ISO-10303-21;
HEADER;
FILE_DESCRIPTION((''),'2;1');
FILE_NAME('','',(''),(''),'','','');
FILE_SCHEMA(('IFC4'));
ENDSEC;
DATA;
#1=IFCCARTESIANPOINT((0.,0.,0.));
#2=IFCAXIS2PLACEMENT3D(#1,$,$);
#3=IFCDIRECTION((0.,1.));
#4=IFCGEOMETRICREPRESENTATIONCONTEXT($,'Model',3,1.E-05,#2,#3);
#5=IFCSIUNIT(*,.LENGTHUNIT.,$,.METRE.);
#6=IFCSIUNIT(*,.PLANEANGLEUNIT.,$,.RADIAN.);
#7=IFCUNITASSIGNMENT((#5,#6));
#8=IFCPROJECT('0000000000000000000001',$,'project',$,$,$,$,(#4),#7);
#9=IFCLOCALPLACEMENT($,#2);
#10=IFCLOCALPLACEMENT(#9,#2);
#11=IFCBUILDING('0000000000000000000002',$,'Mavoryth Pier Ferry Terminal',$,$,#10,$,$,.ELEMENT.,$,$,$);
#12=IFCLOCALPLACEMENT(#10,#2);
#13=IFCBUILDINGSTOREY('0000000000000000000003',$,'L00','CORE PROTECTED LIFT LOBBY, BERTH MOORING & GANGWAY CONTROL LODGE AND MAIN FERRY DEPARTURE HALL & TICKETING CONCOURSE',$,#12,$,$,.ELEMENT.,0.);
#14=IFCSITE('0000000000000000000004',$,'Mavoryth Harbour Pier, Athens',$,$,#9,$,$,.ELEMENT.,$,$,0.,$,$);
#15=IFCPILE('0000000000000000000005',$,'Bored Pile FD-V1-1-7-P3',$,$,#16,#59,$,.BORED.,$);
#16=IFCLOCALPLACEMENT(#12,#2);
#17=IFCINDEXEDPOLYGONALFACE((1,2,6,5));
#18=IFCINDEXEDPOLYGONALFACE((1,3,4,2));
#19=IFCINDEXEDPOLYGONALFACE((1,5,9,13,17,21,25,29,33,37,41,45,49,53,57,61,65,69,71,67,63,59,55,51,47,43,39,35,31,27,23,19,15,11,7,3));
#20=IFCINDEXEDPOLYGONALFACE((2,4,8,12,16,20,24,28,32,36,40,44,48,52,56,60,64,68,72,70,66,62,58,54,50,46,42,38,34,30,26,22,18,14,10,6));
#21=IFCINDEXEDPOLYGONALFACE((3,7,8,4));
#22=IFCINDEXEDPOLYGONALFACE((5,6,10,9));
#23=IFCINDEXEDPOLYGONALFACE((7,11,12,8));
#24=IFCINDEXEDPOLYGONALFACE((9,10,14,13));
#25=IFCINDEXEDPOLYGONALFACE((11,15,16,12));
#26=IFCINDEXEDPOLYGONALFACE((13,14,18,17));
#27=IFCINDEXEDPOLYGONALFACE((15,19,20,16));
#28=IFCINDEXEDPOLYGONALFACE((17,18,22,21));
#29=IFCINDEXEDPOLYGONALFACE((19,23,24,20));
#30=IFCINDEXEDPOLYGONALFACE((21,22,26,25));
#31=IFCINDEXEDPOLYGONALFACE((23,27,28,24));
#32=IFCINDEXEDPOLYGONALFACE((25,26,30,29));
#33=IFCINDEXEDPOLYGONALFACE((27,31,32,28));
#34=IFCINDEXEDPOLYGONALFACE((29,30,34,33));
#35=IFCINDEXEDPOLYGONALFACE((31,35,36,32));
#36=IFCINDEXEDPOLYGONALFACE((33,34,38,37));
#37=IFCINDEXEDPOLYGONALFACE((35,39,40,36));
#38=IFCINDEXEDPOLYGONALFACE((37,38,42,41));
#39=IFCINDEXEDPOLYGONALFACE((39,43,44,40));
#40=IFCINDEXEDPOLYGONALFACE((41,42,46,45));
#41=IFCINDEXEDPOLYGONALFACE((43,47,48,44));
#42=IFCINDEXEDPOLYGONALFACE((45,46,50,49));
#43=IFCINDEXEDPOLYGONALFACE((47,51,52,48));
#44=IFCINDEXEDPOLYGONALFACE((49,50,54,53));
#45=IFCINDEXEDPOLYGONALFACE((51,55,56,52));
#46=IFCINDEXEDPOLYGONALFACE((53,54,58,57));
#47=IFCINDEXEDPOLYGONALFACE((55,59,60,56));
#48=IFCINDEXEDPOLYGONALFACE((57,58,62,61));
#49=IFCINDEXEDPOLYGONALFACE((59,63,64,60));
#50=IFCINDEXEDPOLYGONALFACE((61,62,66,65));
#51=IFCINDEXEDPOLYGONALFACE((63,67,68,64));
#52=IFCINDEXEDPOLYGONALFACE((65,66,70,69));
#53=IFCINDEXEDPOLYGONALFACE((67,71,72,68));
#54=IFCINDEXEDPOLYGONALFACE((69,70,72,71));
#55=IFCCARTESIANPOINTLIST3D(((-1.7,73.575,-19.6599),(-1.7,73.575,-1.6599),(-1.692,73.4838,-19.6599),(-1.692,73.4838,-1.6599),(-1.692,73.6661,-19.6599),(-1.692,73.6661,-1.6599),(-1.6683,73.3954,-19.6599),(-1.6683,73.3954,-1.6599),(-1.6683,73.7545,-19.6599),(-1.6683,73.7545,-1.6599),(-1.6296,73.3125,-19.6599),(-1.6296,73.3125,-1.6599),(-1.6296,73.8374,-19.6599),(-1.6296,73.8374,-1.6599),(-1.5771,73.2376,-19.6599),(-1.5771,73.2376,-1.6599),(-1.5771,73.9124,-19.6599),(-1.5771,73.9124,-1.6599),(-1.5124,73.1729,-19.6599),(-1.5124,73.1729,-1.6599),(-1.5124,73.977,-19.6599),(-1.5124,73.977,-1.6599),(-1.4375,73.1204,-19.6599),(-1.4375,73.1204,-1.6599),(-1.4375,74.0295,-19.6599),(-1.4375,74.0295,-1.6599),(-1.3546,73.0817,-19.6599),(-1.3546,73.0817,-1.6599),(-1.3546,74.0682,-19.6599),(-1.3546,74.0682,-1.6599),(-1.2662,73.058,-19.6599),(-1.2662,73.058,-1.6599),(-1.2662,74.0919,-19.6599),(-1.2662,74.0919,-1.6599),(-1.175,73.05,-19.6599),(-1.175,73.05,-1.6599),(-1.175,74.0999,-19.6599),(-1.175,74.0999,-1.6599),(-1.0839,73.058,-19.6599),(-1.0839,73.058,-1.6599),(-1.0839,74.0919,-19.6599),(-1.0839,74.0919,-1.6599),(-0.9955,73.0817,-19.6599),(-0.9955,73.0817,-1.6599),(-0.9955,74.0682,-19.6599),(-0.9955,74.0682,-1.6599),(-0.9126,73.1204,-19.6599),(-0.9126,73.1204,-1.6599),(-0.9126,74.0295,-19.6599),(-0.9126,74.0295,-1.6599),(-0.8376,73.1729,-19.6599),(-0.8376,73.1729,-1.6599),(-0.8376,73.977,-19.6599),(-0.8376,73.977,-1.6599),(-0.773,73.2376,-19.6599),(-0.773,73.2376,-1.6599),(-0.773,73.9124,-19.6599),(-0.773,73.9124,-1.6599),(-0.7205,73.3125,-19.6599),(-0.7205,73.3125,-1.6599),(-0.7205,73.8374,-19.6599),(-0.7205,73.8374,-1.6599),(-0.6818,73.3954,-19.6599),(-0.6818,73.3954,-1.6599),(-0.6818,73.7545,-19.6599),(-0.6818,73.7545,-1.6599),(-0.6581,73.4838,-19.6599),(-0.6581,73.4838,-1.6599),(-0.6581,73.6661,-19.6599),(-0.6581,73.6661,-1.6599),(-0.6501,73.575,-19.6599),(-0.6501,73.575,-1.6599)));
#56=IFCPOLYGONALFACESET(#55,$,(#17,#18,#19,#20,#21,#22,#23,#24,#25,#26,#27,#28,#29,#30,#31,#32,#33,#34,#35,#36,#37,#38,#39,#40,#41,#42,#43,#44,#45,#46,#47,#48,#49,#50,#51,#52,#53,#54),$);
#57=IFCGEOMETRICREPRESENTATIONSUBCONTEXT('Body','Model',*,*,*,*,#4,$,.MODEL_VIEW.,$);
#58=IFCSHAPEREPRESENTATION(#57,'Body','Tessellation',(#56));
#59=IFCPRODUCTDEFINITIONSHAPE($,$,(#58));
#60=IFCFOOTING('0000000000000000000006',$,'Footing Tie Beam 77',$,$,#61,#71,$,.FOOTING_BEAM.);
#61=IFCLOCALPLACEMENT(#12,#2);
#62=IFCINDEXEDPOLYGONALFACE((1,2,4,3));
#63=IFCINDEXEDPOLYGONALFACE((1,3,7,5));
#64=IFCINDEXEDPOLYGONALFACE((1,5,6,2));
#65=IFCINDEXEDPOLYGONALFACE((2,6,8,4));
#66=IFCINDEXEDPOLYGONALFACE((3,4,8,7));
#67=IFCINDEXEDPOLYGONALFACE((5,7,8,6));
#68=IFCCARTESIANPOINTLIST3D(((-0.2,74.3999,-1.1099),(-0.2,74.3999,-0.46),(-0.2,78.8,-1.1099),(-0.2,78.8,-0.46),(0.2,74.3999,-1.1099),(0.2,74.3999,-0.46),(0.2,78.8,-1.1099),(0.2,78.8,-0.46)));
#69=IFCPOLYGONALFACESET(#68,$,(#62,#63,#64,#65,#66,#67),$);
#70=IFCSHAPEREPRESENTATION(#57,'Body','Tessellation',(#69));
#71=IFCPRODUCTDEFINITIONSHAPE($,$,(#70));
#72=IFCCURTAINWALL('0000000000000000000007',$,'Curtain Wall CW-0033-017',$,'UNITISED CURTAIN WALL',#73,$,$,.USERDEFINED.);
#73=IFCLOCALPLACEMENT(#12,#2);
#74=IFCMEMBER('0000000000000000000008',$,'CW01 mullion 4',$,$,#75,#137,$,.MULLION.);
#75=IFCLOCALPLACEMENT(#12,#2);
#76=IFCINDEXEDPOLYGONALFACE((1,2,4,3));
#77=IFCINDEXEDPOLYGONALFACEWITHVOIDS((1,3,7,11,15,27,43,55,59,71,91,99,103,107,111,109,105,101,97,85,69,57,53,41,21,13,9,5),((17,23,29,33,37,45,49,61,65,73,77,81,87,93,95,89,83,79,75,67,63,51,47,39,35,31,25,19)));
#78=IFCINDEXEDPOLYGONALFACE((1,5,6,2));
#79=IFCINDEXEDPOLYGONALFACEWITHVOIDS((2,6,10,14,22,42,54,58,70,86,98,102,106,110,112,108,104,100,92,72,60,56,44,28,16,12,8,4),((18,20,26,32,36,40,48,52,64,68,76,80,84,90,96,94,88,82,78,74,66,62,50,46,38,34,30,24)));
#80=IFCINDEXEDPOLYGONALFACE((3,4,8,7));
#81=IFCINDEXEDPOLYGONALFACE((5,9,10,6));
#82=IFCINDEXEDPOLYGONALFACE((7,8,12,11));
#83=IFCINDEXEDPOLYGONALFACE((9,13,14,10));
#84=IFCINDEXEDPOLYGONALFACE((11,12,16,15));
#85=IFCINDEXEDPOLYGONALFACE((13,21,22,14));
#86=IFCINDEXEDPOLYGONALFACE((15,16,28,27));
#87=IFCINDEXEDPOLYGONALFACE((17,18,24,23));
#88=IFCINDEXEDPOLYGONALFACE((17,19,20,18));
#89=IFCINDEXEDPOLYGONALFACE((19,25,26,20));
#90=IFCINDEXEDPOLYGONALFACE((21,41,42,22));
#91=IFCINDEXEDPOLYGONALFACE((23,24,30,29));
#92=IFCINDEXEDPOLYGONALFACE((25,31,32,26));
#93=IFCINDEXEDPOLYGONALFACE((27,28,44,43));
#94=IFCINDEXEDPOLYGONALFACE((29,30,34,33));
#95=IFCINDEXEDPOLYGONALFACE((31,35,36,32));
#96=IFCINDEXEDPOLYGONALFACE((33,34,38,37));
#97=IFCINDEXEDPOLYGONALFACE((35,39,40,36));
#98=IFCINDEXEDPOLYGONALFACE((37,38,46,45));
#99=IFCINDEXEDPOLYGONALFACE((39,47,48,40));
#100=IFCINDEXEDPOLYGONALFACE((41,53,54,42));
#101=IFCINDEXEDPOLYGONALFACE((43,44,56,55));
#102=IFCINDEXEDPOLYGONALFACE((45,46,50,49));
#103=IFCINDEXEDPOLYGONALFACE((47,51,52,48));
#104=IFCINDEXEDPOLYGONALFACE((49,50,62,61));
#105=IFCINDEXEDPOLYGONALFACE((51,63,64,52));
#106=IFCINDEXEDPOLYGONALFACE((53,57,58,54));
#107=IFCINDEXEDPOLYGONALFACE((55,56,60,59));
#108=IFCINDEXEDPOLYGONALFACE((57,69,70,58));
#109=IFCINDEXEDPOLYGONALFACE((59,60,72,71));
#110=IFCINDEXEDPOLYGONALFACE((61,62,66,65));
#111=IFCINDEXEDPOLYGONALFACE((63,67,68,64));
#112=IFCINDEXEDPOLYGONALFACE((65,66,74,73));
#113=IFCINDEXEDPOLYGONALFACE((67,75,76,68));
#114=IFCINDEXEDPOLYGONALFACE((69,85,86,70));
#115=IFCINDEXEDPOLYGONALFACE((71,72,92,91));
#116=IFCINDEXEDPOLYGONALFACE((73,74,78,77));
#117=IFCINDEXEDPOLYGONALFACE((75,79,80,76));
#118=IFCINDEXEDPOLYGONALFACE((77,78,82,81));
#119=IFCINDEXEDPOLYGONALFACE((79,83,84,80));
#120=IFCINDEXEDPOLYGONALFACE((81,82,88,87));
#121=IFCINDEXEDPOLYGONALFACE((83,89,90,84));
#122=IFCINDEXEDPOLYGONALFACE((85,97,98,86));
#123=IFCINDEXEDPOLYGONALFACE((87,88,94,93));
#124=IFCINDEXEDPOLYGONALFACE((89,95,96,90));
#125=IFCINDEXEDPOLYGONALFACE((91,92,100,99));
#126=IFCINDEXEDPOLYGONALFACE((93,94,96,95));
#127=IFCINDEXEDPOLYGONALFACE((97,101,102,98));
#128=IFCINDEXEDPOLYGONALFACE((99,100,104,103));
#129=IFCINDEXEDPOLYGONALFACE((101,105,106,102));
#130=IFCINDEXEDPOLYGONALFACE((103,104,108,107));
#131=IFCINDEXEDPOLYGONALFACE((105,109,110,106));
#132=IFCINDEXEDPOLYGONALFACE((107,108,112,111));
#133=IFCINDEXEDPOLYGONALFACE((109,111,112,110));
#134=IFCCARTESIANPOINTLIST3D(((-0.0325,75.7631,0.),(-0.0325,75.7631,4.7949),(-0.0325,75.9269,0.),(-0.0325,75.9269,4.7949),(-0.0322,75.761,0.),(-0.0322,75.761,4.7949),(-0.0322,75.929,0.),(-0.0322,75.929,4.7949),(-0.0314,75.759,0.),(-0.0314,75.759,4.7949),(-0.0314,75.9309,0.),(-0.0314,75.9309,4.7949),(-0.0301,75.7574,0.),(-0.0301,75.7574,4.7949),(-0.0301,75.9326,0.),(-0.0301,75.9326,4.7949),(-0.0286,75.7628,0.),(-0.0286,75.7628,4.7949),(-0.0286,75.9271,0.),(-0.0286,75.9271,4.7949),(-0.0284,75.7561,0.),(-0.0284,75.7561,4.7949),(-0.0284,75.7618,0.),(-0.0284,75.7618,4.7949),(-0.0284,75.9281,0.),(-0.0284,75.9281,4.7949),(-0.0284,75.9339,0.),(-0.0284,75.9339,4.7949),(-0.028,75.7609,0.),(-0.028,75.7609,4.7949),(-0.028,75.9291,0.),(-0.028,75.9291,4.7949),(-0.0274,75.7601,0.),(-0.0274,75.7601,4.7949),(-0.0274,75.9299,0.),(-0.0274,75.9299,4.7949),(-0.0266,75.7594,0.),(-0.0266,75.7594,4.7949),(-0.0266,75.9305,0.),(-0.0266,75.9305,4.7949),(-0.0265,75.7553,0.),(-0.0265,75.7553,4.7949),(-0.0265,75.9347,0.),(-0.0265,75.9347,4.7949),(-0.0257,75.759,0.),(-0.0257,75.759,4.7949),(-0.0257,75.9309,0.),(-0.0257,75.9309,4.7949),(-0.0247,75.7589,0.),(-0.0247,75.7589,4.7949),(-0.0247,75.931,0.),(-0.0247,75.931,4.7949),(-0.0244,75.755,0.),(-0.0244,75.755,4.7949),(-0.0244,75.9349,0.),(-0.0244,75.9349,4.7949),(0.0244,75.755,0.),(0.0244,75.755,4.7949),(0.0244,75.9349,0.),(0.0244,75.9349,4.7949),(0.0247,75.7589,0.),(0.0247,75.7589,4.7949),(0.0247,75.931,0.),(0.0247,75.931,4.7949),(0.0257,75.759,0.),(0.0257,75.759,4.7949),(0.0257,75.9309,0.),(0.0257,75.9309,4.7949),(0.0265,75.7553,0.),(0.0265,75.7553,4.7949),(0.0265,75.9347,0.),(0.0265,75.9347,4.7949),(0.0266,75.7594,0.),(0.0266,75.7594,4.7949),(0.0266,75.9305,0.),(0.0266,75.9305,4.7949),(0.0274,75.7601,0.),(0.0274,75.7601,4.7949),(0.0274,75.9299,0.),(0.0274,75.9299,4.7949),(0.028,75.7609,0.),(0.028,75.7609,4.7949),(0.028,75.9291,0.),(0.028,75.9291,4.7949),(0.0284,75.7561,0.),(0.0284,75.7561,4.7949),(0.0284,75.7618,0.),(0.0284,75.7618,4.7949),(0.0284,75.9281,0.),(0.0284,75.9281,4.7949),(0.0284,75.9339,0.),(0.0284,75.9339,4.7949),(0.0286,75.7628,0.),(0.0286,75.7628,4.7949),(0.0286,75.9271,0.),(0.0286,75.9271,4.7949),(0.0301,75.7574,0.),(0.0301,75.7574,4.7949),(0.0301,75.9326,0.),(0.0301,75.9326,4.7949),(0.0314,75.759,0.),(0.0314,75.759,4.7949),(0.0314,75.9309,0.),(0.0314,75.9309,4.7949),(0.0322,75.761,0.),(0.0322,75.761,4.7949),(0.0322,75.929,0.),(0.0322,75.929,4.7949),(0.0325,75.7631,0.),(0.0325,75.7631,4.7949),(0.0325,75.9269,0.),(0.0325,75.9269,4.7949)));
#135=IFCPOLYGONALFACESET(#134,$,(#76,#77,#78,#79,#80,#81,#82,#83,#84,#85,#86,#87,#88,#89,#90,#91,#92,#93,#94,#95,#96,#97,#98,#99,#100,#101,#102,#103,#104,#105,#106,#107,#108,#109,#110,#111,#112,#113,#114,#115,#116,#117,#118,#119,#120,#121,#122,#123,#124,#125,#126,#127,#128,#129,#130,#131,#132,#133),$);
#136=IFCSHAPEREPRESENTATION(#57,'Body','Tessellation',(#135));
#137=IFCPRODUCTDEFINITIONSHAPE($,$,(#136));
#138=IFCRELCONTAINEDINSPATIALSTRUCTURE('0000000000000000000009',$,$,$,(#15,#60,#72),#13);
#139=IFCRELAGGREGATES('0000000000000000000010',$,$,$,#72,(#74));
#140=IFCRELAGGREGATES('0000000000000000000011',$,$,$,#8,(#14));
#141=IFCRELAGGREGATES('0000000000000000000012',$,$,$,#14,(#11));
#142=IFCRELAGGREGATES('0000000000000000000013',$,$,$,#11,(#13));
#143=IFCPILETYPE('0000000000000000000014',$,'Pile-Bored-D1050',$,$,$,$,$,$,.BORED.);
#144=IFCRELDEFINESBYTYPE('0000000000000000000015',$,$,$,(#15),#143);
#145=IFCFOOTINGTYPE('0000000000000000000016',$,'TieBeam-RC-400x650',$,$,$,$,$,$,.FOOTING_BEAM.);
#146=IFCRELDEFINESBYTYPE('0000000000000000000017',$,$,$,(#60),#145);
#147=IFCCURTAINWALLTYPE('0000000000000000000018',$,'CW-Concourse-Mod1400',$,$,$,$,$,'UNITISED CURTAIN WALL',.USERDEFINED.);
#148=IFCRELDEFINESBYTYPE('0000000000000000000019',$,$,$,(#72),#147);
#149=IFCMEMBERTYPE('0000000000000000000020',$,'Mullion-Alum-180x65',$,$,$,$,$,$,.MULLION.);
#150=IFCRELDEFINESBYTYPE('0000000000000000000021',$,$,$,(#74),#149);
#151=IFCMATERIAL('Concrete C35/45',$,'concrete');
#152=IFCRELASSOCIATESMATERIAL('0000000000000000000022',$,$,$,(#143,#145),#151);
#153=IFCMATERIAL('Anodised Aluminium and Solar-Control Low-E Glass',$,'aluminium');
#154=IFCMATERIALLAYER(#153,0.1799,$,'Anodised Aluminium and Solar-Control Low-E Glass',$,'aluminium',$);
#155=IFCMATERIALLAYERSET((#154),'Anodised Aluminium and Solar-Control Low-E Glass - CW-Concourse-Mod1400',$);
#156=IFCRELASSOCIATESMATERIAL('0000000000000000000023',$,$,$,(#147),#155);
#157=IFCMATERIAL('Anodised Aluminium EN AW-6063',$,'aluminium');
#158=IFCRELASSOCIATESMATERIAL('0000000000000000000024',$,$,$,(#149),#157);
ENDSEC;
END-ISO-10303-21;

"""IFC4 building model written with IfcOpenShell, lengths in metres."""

from ifc_helpers import new_model, si_unit, direction, frame, origin, origin_2d, place, context, subcontext, project, spatial, rectangle, hollow_rectangle, circle, extrude, material, layer, layer_set, material_profile, profile_set, type_object, element, aggregate, save


model = new_model("IFC4")

# Units and contexts
model_context = context("Model", 3, precision=1e-05, world=origin(), true_north=direction((0.0, 1.0)))
body_context = subcontext(model_context, "Body", "Model", "MODEL_VIEW")
ifc_project = project(units=[si_unit("LENGTHUNIT", "METRE"), si_unit("PLANEANGLEUNIT", "RADIAN")], contexts=[model_context])

# Site, building, storey
site_placement = place(None, origin())
site = spatial("IfcSite", under=ifc_project, at=site_placement, Name="Mavoryth Harbour Pier, Athens", CompositionType="ELEMENT", RefElevation=0.0)
building_placement = place(site_placement, origin())
building = spatial("IfcBuilding", under=site, at=building_placement, Name="Mavoryth Pier Ferry Terminal", CompositionType="ELEMENT")
storey_placement = place(building_placement, origin())
storey = spatial("IfcBuildingStorey", under=building, at=storey_placement, Name="L00", Description="CORE PROTECTED LIFT LOBBY, BERTH MOORING & GANGWAY CONTROL LODGE AND MAIN FERRY DEPARTURE HALL & TICKETING CONCOURSE", CompositionType="ELEMENT", Elevation=0.0)

# Pile
ifc_material_1 = material(Name="Concrete C35/45", Category="concrete")
ifc_material_profile_1 = material_profile(ifc_material_1, circle(Radius=0.5249, at=origin_2d()), Name="PILE D1050", Category="concrete")
ifc_profile_set_1 = profile_set([ifc_material_profile_1], Name="Concrete C35/45 - PILE D1050")
pile_type = type_object("IfcPileType", Name="Pile-Bored-D1050", PredefinedType="BORED", material=ifc_profile_set_1)
pile_placement = place(storey_placement, frame((-1.175, 73.575, -1.6599), z_axis=(0.0, 0.0, -1.0), x_axis=(1.0, 0.0, 0.0)))
element("IfcPile", 1, at=pile_placement, inside=storey, type_object=pile_type, Name="Bored Pile FD-V1-1-7-P3", PredefinedType="BORED", context=body_context, shape_type="SweptSolid", body=[
    extrude(circle(Radius=0.5249, at=origin_2d()), origin(), (0.0, 0.0, 1.0), 18.0),
])

# Footing
ifc_material_profile_2 = material_profile(ifc_material_1, rectangle(XDim=0.3999, YDim=0.6499, at=origin_2d()), Name="RC 400x650", Category="concrete")
ifc_profile_set_2 = profile_set([ifc_material_profile_2], Name="Concrete C35/45 - RC 400x650")
footing_type = type_object("IfcFootingType", Name="TieBeam-RC-400x650", PredefinedType="FOOTING_BEAM", material=ifc_profile_set_2)
footing_placement = place(storey_placement, frame((0.0, 74.3999, -0.7849), z_axis=(0.0, 1.0, 0.0), x_axis=(-1.0, 0.0, 0.0)))
element("IfcFooting", 2, at=footing_placement, inside=storey, type_object=footing_type, Name="Footing Tie Beam 77", PredefinedType="FOOTING_BEAM", context=body_context, shape_type="SweptSolid", body=[
    extrude(rectangle(XDim=0.3999, YDim=0.6499, at=origin_2d()), origin(), (0.0, 0.0, 1.0), 4.4001),
])

# Curtain wall, member
ifc_material_2 = material(Name="Anodised Aluminium and Solar-Control Low-E Glass", Category="aluminium")
ifc_layer_1 = layer(ifc_material_2, 0.1799, Name="Anodised Aluminium and Solar-Control Low-E Glass", Category="aluminium")
ifc_layer_set_1 = layer_set([ifc_layer_1], Name="Anodised Aluminium and Solar-Control Low-E Glass - CW-Concourse-Mod1400")
curtain_wall_type = type_object("IfcCurtainWallType", Name="CW-Concourse-Mod1400", ElementType="UNITISED CURTAIN WALL", PredefinedType="USERDEFINED", material=ifc_layer_set_1)
curtain_wall_placement = place(storey_placement, origin())
curtain_wall = element("IfcCurtainWall", 3, at=curtain_wall_placement, inside=storey, type_object=curtain_wall_type, Name="Curtain Wall CW-0033-017", ObjectType="UNITISED CURTAIN WALL", PredefinedType="USERDEFINED")
ifc_material_3 = material(Name="Anodised Aluminium EN AW-6063", Category="aluminium")
ifc_material_profile_3 = material_profile(ifc_material_3, hollow_rectangle(XDim=0.0649, YDim=0.1799, WallThickness=0.0039, InnerFilletRadius=0.0039, OuterFilletRadius=0.0081, at=origin_2d()), Name="AL-MULL 180x65x4", Category="aluminium")
ifc_profile_set_3 = profile_set([ifc_material_profile_3], Name="Anodised Aluminium EN AW-6063 - AL-MULL 180x65x4")
member_type_1 = type_object("IfcMemberType", Name="Mullion-Alum-180x65", PredefinedType="MULLION", material=ifc_profile_set_3)
member_1_placement = place(storey_placement, frame((0.0, 75.845, 0.0), z_axis=(0.0, 0.0, 1.0), x_axis=(1.0, 0.0, 0.0)))
member_1 = element("IfcMember", 4, at=member_1_placement, type_object=member_type_1, Name="CW01 mullion 4", PredefinedType="MULLION", context=body_context, shape_type="SweptSolid", body=[
    extrude(hollow_rectangle(XDim=0.0649, YDim=0.1799, WallThickness=0.0039, InnerFilletRadius=0.0039, OuterFilletRadius=0.0081, at=origin_2d()), origin(), (0.0, 0.0, 1.0), 4.7949),
])
aggregate(curtain_wall, [member_1])

save(model, "model.ifc")
